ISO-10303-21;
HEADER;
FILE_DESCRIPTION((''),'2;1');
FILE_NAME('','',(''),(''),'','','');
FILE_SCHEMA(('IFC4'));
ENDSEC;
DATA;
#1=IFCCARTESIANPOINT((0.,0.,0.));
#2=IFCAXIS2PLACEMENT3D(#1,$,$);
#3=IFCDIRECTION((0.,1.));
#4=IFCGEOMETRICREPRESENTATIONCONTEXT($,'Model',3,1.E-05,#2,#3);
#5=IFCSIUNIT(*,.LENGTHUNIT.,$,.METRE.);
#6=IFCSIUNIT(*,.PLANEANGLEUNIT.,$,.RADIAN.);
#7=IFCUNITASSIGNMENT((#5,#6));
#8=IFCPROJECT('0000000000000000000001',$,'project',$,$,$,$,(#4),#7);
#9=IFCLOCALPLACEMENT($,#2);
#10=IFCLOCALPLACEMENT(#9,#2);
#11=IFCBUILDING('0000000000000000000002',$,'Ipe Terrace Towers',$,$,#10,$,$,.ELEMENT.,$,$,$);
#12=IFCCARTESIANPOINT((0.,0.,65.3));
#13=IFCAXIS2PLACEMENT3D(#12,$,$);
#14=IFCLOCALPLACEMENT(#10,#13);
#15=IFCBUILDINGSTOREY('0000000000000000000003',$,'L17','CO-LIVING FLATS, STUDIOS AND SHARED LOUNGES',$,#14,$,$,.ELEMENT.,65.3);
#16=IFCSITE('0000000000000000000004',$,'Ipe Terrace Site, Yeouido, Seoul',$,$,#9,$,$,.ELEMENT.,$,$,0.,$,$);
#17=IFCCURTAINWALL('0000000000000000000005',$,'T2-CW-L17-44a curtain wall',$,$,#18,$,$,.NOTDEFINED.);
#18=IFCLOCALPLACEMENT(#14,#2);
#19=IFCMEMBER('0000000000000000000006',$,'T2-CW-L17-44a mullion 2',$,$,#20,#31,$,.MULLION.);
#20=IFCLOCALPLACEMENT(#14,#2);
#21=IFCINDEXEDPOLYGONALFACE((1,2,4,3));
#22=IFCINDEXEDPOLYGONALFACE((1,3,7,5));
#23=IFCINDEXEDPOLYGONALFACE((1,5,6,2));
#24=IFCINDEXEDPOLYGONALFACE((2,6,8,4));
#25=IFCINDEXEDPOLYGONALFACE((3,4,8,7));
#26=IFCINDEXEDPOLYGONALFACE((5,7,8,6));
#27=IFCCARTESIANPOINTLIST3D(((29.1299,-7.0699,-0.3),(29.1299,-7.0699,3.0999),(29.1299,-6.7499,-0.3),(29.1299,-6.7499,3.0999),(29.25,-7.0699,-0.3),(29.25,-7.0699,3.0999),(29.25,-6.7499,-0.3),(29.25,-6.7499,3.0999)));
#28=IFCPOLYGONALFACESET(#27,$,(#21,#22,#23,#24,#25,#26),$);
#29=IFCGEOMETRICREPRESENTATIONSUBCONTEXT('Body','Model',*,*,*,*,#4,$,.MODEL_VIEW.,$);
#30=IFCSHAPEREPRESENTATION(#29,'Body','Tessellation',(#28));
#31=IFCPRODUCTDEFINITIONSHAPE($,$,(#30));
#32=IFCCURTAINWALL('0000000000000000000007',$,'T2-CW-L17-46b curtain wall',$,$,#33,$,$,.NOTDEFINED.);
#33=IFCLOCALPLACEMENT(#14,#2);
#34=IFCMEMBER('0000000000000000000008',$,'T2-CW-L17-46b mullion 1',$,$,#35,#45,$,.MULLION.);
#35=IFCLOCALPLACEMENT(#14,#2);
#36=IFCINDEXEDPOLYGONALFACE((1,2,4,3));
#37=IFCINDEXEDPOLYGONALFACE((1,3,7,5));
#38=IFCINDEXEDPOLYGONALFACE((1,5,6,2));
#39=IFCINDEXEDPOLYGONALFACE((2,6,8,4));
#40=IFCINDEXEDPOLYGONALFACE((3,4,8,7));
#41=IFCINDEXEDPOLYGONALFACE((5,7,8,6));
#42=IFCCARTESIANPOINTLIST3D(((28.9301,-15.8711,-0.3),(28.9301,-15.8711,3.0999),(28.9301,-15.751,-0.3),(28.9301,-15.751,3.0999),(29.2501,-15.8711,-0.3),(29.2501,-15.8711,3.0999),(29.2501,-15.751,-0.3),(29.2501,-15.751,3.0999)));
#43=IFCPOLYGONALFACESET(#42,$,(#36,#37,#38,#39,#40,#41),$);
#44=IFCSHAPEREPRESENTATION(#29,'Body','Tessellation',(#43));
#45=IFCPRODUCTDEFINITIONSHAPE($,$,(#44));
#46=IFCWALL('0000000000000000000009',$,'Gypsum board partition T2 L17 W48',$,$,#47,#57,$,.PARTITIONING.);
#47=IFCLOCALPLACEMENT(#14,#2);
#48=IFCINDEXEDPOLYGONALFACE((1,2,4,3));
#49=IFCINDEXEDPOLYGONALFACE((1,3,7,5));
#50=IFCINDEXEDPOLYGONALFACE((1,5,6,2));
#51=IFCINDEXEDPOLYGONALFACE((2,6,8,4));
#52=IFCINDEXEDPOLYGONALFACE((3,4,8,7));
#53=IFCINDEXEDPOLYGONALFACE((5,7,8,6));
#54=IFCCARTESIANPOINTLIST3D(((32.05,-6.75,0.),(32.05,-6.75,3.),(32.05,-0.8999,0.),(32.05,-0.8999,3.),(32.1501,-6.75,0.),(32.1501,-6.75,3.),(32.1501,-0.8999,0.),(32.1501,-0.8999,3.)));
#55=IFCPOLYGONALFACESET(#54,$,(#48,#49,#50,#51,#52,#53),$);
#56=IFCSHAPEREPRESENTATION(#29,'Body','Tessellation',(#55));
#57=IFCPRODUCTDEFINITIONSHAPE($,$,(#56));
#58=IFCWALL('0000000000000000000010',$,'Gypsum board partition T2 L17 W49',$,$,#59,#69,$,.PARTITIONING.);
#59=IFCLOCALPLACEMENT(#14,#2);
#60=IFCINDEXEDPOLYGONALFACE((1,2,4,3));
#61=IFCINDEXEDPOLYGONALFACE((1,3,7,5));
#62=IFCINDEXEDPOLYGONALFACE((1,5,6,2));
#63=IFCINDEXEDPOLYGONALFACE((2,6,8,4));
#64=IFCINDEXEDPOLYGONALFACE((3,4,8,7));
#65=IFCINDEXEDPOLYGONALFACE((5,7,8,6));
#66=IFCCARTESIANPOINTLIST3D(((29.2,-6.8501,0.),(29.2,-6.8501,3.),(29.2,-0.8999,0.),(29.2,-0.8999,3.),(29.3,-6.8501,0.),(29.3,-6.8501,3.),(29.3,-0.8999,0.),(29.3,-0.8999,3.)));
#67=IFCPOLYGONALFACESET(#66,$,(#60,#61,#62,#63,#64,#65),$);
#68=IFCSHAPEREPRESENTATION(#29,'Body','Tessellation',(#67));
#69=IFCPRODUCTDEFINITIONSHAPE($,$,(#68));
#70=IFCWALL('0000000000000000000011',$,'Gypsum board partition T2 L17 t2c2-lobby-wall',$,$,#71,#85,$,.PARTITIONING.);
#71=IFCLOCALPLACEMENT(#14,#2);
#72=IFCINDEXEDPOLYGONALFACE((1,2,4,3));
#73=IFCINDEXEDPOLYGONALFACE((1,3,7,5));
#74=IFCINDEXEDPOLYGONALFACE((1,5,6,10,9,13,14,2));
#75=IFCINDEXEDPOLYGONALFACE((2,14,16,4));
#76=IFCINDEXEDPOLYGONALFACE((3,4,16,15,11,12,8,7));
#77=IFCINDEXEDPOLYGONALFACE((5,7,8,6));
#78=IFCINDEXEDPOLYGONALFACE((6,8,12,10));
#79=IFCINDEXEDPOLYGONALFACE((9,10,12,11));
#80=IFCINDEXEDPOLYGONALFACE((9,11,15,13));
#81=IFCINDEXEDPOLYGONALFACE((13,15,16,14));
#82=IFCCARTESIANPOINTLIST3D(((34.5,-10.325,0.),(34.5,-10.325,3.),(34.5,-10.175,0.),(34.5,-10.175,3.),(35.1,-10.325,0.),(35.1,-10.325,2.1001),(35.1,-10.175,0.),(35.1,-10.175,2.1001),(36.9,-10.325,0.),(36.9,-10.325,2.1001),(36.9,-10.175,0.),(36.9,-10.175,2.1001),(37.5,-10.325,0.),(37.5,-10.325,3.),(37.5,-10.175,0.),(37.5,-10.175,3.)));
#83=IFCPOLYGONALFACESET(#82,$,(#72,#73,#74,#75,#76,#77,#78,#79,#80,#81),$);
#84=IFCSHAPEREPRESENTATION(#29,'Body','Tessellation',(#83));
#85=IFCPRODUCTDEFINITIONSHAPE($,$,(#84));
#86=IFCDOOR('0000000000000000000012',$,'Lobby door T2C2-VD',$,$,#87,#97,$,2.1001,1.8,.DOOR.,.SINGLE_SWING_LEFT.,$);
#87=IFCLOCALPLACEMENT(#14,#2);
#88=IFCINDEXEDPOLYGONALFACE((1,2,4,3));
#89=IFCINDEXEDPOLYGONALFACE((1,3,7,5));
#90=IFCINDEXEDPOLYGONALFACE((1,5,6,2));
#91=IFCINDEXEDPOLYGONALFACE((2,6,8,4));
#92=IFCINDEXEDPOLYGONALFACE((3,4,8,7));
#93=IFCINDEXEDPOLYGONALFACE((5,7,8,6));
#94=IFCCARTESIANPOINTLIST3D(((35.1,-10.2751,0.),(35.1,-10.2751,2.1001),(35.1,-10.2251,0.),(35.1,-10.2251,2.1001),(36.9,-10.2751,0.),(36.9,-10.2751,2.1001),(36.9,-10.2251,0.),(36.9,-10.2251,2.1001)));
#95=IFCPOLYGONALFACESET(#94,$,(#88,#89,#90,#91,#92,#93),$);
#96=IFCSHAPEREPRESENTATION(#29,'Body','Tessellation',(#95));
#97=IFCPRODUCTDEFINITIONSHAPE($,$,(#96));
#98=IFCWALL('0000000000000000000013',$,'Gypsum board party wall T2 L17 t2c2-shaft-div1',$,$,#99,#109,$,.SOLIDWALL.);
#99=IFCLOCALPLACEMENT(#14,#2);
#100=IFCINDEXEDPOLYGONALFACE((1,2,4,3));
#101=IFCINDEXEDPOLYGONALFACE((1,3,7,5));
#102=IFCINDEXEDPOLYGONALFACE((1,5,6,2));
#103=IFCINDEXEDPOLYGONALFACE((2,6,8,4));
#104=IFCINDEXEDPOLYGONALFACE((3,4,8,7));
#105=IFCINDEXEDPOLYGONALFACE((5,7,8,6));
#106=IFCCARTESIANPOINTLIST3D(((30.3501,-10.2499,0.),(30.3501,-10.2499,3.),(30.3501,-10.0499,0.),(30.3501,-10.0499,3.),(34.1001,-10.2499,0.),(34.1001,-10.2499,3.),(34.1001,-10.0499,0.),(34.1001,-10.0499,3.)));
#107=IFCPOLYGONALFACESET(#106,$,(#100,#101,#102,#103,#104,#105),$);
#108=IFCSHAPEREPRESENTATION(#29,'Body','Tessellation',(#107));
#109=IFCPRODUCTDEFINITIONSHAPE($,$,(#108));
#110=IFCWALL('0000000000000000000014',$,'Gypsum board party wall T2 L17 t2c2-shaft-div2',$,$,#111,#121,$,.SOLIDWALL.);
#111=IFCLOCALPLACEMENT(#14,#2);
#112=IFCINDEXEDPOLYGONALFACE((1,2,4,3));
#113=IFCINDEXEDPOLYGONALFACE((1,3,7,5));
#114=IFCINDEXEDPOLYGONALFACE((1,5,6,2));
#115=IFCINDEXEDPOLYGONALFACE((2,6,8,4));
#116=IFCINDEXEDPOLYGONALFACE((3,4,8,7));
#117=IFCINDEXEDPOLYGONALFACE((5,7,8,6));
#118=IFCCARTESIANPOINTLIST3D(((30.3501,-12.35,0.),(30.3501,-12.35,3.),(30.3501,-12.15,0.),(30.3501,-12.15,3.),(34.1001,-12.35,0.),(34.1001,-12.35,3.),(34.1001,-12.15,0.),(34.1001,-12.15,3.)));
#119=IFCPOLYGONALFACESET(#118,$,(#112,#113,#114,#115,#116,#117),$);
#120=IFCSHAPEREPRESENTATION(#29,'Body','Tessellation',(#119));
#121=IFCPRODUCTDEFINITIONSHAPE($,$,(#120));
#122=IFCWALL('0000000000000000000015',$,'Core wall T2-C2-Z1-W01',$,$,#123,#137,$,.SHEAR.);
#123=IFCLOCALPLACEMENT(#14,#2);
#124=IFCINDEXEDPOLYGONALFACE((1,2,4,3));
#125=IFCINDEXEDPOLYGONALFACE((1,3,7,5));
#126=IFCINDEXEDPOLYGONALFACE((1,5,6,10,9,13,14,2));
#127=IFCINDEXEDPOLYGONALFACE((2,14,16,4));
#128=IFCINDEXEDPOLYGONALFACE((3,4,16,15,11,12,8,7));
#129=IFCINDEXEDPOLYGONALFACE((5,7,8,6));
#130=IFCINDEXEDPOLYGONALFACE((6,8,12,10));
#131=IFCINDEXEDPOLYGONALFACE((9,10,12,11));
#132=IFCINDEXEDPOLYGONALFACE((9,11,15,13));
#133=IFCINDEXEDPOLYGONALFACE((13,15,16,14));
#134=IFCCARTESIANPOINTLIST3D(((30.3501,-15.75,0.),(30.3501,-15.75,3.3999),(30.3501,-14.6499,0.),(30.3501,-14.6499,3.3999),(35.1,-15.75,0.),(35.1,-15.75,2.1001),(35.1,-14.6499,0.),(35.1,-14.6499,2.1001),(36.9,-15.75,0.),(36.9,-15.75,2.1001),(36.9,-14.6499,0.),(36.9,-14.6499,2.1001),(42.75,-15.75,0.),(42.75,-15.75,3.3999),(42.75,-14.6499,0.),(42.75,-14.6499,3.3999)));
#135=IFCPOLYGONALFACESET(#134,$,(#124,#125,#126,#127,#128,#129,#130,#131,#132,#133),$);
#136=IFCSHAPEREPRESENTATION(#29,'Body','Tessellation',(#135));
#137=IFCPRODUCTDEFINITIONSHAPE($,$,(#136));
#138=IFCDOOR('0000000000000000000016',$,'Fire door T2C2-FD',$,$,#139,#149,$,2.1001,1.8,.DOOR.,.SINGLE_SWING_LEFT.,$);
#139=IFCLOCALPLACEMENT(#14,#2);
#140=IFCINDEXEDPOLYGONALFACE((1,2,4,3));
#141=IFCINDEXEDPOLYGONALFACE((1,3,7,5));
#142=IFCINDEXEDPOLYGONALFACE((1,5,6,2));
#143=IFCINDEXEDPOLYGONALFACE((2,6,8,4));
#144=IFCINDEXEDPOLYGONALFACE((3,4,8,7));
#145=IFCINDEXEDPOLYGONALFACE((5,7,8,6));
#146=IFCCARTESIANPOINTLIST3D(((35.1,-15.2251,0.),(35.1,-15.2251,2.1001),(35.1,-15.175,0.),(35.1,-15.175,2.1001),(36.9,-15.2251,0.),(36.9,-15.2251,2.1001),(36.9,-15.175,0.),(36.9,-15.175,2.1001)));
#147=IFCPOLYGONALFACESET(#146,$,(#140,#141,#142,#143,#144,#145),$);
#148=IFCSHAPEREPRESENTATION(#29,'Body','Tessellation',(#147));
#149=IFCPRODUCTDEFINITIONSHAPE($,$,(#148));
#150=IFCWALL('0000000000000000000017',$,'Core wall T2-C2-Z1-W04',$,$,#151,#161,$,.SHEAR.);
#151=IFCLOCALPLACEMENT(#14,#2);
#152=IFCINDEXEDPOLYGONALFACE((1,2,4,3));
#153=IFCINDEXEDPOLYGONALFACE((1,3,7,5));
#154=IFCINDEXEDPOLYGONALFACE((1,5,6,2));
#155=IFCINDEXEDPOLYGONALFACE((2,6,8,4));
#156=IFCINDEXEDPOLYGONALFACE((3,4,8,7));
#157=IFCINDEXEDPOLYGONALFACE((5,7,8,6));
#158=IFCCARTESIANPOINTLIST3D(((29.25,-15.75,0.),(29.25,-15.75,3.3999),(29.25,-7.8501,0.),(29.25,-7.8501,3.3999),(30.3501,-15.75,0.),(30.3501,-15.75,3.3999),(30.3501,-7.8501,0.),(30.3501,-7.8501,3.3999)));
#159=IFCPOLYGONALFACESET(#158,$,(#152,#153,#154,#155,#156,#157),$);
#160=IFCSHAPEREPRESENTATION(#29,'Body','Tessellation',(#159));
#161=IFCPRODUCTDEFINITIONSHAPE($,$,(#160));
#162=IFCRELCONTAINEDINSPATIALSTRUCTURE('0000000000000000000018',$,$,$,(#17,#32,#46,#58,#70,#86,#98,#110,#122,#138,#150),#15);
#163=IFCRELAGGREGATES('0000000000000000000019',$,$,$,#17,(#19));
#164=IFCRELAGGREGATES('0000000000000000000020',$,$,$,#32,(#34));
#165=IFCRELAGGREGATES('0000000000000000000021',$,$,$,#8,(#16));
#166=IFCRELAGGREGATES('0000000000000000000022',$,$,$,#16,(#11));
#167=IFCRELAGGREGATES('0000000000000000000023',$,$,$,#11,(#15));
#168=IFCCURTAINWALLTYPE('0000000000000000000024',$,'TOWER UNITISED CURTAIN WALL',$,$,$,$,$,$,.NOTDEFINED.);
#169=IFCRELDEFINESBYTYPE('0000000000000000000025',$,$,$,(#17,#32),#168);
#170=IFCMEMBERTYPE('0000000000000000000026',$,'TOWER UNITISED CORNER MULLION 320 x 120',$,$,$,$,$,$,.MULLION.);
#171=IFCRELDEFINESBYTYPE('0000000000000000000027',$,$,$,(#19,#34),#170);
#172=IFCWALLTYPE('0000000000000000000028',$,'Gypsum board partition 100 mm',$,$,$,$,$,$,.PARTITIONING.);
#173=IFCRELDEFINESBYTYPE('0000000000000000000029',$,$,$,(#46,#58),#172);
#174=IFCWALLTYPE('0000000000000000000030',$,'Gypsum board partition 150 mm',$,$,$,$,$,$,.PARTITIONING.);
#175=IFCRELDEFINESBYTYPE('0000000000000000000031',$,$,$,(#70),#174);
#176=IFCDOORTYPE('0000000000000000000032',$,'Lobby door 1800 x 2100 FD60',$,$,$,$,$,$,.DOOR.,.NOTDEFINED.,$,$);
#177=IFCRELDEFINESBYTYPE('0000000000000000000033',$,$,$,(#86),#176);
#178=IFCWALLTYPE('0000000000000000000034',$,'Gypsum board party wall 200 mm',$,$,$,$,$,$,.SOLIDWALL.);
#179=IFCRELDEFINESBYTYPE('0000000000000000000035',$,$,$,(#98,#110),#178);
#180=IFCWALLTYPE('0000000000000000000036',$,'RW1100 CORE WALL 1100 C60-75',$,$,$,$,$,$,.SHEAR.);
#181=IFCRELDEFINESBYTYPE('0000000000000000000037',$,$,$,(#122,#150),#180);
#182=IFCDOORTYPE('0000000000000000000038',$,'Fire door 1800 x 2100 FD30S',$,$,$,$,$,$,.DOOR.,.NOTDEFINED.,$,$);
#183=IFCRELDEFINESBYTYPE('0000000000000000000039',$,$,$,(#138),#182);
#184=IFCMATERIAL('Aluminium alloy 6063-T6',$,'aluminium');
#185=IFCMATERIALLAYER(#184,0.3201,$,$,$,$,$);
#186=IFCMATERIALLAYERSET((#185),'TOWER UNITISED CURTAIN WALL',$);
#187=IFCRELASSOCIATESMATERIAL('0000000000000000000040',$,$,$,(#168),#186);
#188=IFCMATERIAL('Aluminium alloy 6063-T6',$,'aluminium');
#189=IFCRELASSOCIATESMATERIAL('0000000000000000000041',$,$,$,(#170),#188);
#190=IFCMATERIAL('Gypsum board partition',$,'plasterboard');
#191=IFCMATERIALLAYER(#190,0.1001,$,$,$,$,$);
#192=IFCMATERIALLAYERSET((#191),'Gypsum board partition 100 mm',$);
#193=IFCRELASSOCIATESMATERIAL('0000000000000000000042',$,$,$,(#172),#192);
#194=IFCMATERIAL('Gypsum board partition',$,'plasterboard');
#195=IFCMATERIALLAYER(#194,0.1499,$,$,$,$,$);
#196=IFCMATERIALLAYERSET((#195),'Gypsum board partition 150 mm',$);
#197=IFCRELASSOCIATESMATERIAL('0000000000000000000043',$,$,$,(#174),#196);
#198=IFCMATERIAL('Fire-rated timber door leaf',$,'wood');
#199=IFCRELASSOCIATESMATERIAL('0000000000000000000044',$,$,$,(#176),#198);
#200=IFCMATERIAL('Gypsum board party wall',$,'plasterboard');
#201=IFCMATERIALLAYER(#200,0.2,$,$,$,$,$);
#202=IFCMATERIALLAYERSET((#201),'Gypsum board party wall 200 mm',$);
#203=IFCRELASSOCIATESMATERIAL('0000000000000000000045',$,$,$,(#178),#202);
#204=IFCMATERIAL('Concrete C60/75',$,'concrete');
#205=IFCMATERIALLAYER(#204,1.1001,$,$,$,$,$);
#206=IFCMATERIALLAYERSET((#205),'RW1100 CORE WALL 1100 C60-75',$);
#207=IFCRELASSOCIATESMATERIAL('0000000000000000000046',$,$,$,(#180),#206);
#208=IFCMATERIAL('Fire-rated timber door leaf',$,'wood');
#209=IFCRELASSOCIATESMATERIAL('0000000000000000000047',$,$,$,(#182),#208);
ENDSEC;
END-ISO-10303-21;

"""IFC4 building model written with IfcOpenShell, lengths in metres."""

from ifc_helpers import new_model, si_unit, direction, frame, frame_2d, origin, origin_2d, place, context, subcontext, project, spatial, rectangle, extrude, material, layer, layer_set, material_profile, profile_set, type_object, element, fill, aggregate, save


model = new_model("IFC4")

# Units and contexts
model_context = context("Model", 3, precision=1e-05, world=origin(), true_north=direction((0.0, 1.0)))
body_context = subcontext(model_context, "Body", "Model", "MODEL_VIEW")
ifc_project = project(units=[si_unit("LENGTHUNIT", "METRE"), si_unit("PLANEANGLEUNIT", "RADIAN")], contexts=[model_context])

# Site, building, storey
site_placement = place(None, origin())
site = spatial("IfcSite", under=ifc_project, at=site_placement, Name="Ipe Terrace Site, Yeouido, Seoul", CompositionType="ELEMENT", RefElevation=0.0)
building_placement = place(site_placement, origin())
building = spatial("IfcBuilding", under=site, at=building_placement, Name="Ipe Terrace Towers", CompositionType="ELEMENT")
storey_placement = place(building_placement, frame((0.0, 0.0, 65.3)))
storey = spatial("IfcBuildingStorey", under=building, at=storey_placement, Name="L17", Description="CO-LIVING FLATS, STUDIOS AND SHARED LOUNGES", CompositionType="ELEMENT", Elevation=65.3)

# Curtain walls, members
ifc_material_1 = material(Name="Aluminium alloy 6063-T6", Category="aluminium")
ifc_layer_1 = layer(ifc_material_1, 0.3201)
ifc_layer_set_1 = layer_set([ifc_layer_1], Name="TOWER UNITISED CURTAIN WALL")
curtain_wall_type = type_object("IfcCurtainWallType", Name="TOWER UNITISED CURTAIN WALL", PredefinedType="NOTDEFINED", material=ifc_layer_set_1)
curtain_wall_1_placement = place(storey_placement, origin())
curtain_wall_1 = element("IfcCurtainWall", 1, at=curtain_wall_1_placement, inside=storey, type_object=curtain_wall_type, Name="T2-CW-L17-44a curtain wall", PredefinedType="NOTDEFINED")
ifc_material_2 = material(Name="Aluminium alloy 6063-T6", Category="aluminium")
ifc_material_profile_1 = material_profile(ifc_material_2, rectangle(XDim=0.3201, YDim=0.1201, at=origin_2d()), Name="TOWER UNITISED CORNER MULLION 320 x 120")
ifc_profile_set_1 = profile_set([ifc_material_profile_1], Name="Aluminium alloy 6063-T6")
member_type = type_object("IfcMemberType", Name="TOWER UNITISED CORNER MULLION 320 x 120", PredefinedType="MULLION", material=ifc_profile_set_1)
member_1_placement = place(storey_placement, frame((29.1899, -6.9099, -0.3), z_axis=(0.0, 0.0, 1.0), x_axis=(0.0, -1.0, 0.0)))
member_1 = element("IfcMember", 2, at=member_1_placement, type_object=member_type, Name="T2-CW-L17-44a mullion 2", PredefinedType="MULLION", context=body_context, shape_type="SweptSolid", body=[
    extrude(rectangle(XDim=0.3201, YDim=0.1201, at=origin_2d()), origin(), (0.0, 0.0, 1.0), 3.3999),
])
aggregate(curtain_wall_1, [member_1])
curtain_wall_2_placement = place(storey_placement, origin())
curtain_wall_2 = element("IfcCurtainWall", 3, at=curtain_wall_2_placement, inside=storey, type_object=curtain_wall_type, Name="T2-CW-L17-46b curtain wall", PredefinedType="NOTDEFINED")
member_2_placement = place(storey_placement, frame((29.0901, -15.811, -0.3), z_axis=(0.0, 0.0, 1.0), x_axis=(-1.0, 0.0, 0.0)))
member_2 = element("IfcMember", 4, at=member_2_placement, type_object=member_type, Name="T2-CW-L17-46b mullion 1", PredefinedType="MULLION", context=body_context, shape_type="SweptSolid", body=[
    extrude(rectangle(XDim=0.3201, YDim=0.1201, at=origin_2d()), origin(), (0.0, 0.0, 1.0), 3.3999),
])
aggregate(curtain_wall_2, [member_2])

# Walls
ifc_material_3 = material(Name="Gypsum board partition", Category="plasterboard")
ifc_layer_2 = layer(ifc_material_3, 0.1001)
ifc_layer_set_2 = layer_set([ifc_layer_2], Name="Gypsum board partition 100 mm")
wall_type_1 = type_object("IfcWallType", Name="Gypsum board partition 100 mm", PredefinedType="PARTITIONING", material=ifc_layer_set_2)
wall_1_placement = place(storey_placement, frame((32.1001, -6.75, 0.0), z_axis=(0.0, 0.0, 1.0), x_axis=(0.0, 1.0, 0.0)))
element("IfcWall", 5, at=wall_1_placement, inside=storey, type_object=wall_type_1, Name="Gypsum board partition T2 L17 W48", PredefinedType="PARTITIONING", context=body_context, shape_type="SweptSolid", body=[
    extrude(rectangle(XDim=5.8501, YDim=0.1001, at=frame_2d((2.925, 0.0))), origin(), (0.0, 0.0, 1.0), 3.0),
])
wall_2_placement = place(storey_placement, frame((29.25, -6.8501, 0.0), z_axis=(0.0, 0.0, 1.0), x_axis=(0.0, 1.0, 0.0)))
element("IfcWall", 6, at=wall_2_placement, inside=storey, type_object=wall_type_1, Name="Gypsum board partition T2 L17 W49", PredefinedType="PARTITIONING", context=body_context, shape_type="SweptSolid", body=[
    extrude(rectangle(XDim=5.9502, YDim=0.1001, at=frame_2d((2.9751, 0.0))), origin(), (0.0, 0.0, 1.0), 3.0),
])

# Wall, opening, door
ifc_material_4 = material(Name="Gypsum board partition", Category="plasterboard")
ifc_layer_3 = layer(ifc_material_4, 0.1499)
ifc_layer_set_3 = layer_set([ifc_layer_3], Name="Gypsum board partition 150 mm")
wall_type_2 = type_object("IfcWallType", Name="Gypsum board partition 150 mm", PredefinedType="PARTITIONING", material=ifc_layer_set_3)
wall_3_placement = place(storey_placement, frame((34.5, -10.25, 0.0), z_axis=(0.0, 0.0, 1.0), x_axis=(1.0, 0.0, 0.0)))
wall_3 = element("IfcWall", 7, at=wall_3_placement, inside=storey, type_object=wall_type_2, Name="Gypsum board partition T2 L17 t2c2-lobby-wall", PredefinedType="PARTITIONING", context=body_context, shape_type="SweptSolid", body=[
    extrude(rectangle(XDim=3.0, YDim=0.1499, at=frame_2d((1.5, 0.0))), origin(), (0.0, 0.0, 1.0), 3.0),
])
opening_1_placement = place(wall_3_placement, frame((0.6001, 0.0, 0.0)))
opening_1 = element("IfcOpeningElement", 8, at=opening_1_placement, cuts=wall_3, PredefinedType="OPENING", context=body_context, shape_type="SweptSolid", body=[
    extrude(rectangle(XDim=1.8, YDim=2.1001, at=frame_2d((0.8999, 1.05))), frame((0.0, 0.085, 0.0), z_axis=(0.0, -1.0, 0.0), x_axis=(1.0, 0.0, 0.0)), (0.0, 0.0, 1.0), 0.1699),
])
ifc_material_5 = material(Name="Fire-rated timber door leaf", Category="wood")
door_type_1 = type_object("IfcDoorType", Name="Lobby door 1800 x 2100 FD60", OperationType="NOTDEFINED", PredefinedType="DOOR", material=ifc_material_5)
door_1_placement = place(opening_1_placement, origin())
door_1 = element("IfcDoor", 9, at=door_1_placement, inside=storey, type_object=door_type_1, Name="Lobby door T2C2-VD", OperationType="SINGLE_SWING_LEFT", OverallHeight=2.1001, OverallWidth=1.8, PredefinedType="DOOR", context=body_context, shape_type="SweptSolid", body=[
    extrude(rectangle(XDim=1.8, YDim=2.1001, at=frame_2d((0.8999, 1.05))), frame((0.0, 0.0249, 0.0), z_axis=(0.0, -1.0, 0.0), x_axis=(1.0, 0.0, 0.0)), (0.0, 0.0, 1.0), 0.05),
])
fill(opening_1, door_1)

# Walls
ifc_material_6 = material(Name="Gypsum board party wall", Category="plasterboard")
ifc_layer_4 = layer(ifc_material_6, 0.2)
ifc_layer_set_4 = layer_set([ifc_layer_4], Name="Gypsum board party wall 200 mm")
wall_type_3 = type_object("IfcWallType", Name="Gypsum board party wall 200 mm", PredefinedType="SOLIDWALL", material=ifc_layer_set_4)
for number, where, z_axis, x_axis, name in (
    (10, (30.3501, -10.1499, 0.0), (0.0, 0.0, 1.0), (1.0, 0.0, 0.0), "Gypsum board party wall T2 L17 t2c2-shaft-div1"),
    (11, (30.3501, -12.25, 0.0), (0.0, 0.0, 1.0), (1.0, 0.0, 0.0), "Gypsum board party wall T2 L17 t2c2-shaft-div2"),
):
    element("IfcWall", number, at=place(storey_placement, frame(where, z_axis=z_axis, x_axis=x_axis)), inside=storey, type_object=wall_type_3, Name=name, PredefinedType="SOLIDWALL", context=body_context, shape_type="SweptSolid", body=[
        extrude(rectangle(XDim=3.75, YDim=0.2, at=frame_2d((1.875, 0.0))), origin(), (0.0, 0.0, 1.0), 3.0),
    ])

# Wall, opening, door
ifc_material_7 = material(Name="Concrete C60/75", Category="concrete")
ifc_layer_5 = layer(ifc_material_7, 1.1001)
ifc_layer_set_5 = layer_set([ifc_layer_5], Name="RW1100 CORE WALL 1100 C60-75")
wall_type_4 = type_object("IfcWallType", Name="RW1100 CORE WALL 1100 C60-75", PredefinedType="SHEAR", material=ifc_layer_set_5)
wall_4_placement = place(storey_placement, frame((30.3501, -15.2, 0.0), z_axis=(0.0, 0.0, 1.0), x_axis=(1.0, 0.0, 0.0)))
wall_4 = element("IfcWall", 12, at=wall_4_placement, inside=storey, type_object=wall_type_4, Name="Core wall T2-C2-Z1-W01", PredefinedType="SHEAR", context=body_context, shape_type="SweptSolid", body=[
    extrude(rectangle(XDim=12.3999, YDim=1.1001, at=frame_2d((6.2, 0.0))), origin(), (0.0, 0.0, 1.0), 3.3999),
])
opening_2_placement = place(wall_4_placement, frame((4.75, 0.0, 0.0)))
opening_2 = element("IfcOpeningElement", 13, at=opening_2_placement, cuts=wall_4, PredefinedType="OPENING", context=body_context, shape_type="SweptSolid", body=[
    extrude(rectangle(XDim=1.8, YDim=2.1001, at=frame_2d((0.8999, 1.05))), frame((0.0, 0.5601, 0.0), z_axis=(0.0, -1.0, 0.0), x_axis=(1.0, 0.0, 0.0)), (0.0, 0.0, 1.0), 1.1201),
])
ifc_material_8 = material(Name="Fire-rated timber door leaf", Category="wood")
door_type_2 = type_object("IfcDoorType", Name="Fire door 1800 x 2100 FD30S", OperationType="NOTDEFINED", PredefinedType="DOOR", material=ifc_material_8)
door_2_placement = place(opening_2_placement, origin())
door_2 = element("IfcDoor", 14, at=door_2_placement, inside=storey, type_object=door_type_2, Name="Fire door T2C2-FD", OperationType="SINGLE_SWING_LEFT", OverallHeight=2.1001, OverallWidth=1.8, PredefinedType="DOOR", context=body_context, shape_type="SweptSolid", body=[
    extrude(rectangle(XDim=1.8, YDim=2.1001, at=frame_2d((0.8999, 1.05))), frame((0.0, 0.0249, 0.0), z_axis=(0.0, -1.0, 0.0), x_axis=(1.0, 0.0, 0.0)), (0.0, 0.0, 1.0), 0.05),
])
fill(opening_2, door_2)

# Wall
wall_5_placement = place(storey_placement, frame((29.8, -7.8501, 0.0), z_axis=(0.0, 0.0, 1.0), x_axis=(0.0, -1.0, 0.0)))
element("IfcWall", 15, at=wall_5_placement, inside=storey, type_object=wall_type_4, Name="Core wall T2-C2-Z1-W04", PredefinedType="SHEAR", context=body_context, shape_type="SweptSolid", body=[
    extrude(rectangle(XDim=7.8999, YDim=1.1001, at=frame_2d((3.95, 0.0))), origin(), (0.0, 0.0, 1.0), 3.3999),
])

save(model, "model.ifc")
